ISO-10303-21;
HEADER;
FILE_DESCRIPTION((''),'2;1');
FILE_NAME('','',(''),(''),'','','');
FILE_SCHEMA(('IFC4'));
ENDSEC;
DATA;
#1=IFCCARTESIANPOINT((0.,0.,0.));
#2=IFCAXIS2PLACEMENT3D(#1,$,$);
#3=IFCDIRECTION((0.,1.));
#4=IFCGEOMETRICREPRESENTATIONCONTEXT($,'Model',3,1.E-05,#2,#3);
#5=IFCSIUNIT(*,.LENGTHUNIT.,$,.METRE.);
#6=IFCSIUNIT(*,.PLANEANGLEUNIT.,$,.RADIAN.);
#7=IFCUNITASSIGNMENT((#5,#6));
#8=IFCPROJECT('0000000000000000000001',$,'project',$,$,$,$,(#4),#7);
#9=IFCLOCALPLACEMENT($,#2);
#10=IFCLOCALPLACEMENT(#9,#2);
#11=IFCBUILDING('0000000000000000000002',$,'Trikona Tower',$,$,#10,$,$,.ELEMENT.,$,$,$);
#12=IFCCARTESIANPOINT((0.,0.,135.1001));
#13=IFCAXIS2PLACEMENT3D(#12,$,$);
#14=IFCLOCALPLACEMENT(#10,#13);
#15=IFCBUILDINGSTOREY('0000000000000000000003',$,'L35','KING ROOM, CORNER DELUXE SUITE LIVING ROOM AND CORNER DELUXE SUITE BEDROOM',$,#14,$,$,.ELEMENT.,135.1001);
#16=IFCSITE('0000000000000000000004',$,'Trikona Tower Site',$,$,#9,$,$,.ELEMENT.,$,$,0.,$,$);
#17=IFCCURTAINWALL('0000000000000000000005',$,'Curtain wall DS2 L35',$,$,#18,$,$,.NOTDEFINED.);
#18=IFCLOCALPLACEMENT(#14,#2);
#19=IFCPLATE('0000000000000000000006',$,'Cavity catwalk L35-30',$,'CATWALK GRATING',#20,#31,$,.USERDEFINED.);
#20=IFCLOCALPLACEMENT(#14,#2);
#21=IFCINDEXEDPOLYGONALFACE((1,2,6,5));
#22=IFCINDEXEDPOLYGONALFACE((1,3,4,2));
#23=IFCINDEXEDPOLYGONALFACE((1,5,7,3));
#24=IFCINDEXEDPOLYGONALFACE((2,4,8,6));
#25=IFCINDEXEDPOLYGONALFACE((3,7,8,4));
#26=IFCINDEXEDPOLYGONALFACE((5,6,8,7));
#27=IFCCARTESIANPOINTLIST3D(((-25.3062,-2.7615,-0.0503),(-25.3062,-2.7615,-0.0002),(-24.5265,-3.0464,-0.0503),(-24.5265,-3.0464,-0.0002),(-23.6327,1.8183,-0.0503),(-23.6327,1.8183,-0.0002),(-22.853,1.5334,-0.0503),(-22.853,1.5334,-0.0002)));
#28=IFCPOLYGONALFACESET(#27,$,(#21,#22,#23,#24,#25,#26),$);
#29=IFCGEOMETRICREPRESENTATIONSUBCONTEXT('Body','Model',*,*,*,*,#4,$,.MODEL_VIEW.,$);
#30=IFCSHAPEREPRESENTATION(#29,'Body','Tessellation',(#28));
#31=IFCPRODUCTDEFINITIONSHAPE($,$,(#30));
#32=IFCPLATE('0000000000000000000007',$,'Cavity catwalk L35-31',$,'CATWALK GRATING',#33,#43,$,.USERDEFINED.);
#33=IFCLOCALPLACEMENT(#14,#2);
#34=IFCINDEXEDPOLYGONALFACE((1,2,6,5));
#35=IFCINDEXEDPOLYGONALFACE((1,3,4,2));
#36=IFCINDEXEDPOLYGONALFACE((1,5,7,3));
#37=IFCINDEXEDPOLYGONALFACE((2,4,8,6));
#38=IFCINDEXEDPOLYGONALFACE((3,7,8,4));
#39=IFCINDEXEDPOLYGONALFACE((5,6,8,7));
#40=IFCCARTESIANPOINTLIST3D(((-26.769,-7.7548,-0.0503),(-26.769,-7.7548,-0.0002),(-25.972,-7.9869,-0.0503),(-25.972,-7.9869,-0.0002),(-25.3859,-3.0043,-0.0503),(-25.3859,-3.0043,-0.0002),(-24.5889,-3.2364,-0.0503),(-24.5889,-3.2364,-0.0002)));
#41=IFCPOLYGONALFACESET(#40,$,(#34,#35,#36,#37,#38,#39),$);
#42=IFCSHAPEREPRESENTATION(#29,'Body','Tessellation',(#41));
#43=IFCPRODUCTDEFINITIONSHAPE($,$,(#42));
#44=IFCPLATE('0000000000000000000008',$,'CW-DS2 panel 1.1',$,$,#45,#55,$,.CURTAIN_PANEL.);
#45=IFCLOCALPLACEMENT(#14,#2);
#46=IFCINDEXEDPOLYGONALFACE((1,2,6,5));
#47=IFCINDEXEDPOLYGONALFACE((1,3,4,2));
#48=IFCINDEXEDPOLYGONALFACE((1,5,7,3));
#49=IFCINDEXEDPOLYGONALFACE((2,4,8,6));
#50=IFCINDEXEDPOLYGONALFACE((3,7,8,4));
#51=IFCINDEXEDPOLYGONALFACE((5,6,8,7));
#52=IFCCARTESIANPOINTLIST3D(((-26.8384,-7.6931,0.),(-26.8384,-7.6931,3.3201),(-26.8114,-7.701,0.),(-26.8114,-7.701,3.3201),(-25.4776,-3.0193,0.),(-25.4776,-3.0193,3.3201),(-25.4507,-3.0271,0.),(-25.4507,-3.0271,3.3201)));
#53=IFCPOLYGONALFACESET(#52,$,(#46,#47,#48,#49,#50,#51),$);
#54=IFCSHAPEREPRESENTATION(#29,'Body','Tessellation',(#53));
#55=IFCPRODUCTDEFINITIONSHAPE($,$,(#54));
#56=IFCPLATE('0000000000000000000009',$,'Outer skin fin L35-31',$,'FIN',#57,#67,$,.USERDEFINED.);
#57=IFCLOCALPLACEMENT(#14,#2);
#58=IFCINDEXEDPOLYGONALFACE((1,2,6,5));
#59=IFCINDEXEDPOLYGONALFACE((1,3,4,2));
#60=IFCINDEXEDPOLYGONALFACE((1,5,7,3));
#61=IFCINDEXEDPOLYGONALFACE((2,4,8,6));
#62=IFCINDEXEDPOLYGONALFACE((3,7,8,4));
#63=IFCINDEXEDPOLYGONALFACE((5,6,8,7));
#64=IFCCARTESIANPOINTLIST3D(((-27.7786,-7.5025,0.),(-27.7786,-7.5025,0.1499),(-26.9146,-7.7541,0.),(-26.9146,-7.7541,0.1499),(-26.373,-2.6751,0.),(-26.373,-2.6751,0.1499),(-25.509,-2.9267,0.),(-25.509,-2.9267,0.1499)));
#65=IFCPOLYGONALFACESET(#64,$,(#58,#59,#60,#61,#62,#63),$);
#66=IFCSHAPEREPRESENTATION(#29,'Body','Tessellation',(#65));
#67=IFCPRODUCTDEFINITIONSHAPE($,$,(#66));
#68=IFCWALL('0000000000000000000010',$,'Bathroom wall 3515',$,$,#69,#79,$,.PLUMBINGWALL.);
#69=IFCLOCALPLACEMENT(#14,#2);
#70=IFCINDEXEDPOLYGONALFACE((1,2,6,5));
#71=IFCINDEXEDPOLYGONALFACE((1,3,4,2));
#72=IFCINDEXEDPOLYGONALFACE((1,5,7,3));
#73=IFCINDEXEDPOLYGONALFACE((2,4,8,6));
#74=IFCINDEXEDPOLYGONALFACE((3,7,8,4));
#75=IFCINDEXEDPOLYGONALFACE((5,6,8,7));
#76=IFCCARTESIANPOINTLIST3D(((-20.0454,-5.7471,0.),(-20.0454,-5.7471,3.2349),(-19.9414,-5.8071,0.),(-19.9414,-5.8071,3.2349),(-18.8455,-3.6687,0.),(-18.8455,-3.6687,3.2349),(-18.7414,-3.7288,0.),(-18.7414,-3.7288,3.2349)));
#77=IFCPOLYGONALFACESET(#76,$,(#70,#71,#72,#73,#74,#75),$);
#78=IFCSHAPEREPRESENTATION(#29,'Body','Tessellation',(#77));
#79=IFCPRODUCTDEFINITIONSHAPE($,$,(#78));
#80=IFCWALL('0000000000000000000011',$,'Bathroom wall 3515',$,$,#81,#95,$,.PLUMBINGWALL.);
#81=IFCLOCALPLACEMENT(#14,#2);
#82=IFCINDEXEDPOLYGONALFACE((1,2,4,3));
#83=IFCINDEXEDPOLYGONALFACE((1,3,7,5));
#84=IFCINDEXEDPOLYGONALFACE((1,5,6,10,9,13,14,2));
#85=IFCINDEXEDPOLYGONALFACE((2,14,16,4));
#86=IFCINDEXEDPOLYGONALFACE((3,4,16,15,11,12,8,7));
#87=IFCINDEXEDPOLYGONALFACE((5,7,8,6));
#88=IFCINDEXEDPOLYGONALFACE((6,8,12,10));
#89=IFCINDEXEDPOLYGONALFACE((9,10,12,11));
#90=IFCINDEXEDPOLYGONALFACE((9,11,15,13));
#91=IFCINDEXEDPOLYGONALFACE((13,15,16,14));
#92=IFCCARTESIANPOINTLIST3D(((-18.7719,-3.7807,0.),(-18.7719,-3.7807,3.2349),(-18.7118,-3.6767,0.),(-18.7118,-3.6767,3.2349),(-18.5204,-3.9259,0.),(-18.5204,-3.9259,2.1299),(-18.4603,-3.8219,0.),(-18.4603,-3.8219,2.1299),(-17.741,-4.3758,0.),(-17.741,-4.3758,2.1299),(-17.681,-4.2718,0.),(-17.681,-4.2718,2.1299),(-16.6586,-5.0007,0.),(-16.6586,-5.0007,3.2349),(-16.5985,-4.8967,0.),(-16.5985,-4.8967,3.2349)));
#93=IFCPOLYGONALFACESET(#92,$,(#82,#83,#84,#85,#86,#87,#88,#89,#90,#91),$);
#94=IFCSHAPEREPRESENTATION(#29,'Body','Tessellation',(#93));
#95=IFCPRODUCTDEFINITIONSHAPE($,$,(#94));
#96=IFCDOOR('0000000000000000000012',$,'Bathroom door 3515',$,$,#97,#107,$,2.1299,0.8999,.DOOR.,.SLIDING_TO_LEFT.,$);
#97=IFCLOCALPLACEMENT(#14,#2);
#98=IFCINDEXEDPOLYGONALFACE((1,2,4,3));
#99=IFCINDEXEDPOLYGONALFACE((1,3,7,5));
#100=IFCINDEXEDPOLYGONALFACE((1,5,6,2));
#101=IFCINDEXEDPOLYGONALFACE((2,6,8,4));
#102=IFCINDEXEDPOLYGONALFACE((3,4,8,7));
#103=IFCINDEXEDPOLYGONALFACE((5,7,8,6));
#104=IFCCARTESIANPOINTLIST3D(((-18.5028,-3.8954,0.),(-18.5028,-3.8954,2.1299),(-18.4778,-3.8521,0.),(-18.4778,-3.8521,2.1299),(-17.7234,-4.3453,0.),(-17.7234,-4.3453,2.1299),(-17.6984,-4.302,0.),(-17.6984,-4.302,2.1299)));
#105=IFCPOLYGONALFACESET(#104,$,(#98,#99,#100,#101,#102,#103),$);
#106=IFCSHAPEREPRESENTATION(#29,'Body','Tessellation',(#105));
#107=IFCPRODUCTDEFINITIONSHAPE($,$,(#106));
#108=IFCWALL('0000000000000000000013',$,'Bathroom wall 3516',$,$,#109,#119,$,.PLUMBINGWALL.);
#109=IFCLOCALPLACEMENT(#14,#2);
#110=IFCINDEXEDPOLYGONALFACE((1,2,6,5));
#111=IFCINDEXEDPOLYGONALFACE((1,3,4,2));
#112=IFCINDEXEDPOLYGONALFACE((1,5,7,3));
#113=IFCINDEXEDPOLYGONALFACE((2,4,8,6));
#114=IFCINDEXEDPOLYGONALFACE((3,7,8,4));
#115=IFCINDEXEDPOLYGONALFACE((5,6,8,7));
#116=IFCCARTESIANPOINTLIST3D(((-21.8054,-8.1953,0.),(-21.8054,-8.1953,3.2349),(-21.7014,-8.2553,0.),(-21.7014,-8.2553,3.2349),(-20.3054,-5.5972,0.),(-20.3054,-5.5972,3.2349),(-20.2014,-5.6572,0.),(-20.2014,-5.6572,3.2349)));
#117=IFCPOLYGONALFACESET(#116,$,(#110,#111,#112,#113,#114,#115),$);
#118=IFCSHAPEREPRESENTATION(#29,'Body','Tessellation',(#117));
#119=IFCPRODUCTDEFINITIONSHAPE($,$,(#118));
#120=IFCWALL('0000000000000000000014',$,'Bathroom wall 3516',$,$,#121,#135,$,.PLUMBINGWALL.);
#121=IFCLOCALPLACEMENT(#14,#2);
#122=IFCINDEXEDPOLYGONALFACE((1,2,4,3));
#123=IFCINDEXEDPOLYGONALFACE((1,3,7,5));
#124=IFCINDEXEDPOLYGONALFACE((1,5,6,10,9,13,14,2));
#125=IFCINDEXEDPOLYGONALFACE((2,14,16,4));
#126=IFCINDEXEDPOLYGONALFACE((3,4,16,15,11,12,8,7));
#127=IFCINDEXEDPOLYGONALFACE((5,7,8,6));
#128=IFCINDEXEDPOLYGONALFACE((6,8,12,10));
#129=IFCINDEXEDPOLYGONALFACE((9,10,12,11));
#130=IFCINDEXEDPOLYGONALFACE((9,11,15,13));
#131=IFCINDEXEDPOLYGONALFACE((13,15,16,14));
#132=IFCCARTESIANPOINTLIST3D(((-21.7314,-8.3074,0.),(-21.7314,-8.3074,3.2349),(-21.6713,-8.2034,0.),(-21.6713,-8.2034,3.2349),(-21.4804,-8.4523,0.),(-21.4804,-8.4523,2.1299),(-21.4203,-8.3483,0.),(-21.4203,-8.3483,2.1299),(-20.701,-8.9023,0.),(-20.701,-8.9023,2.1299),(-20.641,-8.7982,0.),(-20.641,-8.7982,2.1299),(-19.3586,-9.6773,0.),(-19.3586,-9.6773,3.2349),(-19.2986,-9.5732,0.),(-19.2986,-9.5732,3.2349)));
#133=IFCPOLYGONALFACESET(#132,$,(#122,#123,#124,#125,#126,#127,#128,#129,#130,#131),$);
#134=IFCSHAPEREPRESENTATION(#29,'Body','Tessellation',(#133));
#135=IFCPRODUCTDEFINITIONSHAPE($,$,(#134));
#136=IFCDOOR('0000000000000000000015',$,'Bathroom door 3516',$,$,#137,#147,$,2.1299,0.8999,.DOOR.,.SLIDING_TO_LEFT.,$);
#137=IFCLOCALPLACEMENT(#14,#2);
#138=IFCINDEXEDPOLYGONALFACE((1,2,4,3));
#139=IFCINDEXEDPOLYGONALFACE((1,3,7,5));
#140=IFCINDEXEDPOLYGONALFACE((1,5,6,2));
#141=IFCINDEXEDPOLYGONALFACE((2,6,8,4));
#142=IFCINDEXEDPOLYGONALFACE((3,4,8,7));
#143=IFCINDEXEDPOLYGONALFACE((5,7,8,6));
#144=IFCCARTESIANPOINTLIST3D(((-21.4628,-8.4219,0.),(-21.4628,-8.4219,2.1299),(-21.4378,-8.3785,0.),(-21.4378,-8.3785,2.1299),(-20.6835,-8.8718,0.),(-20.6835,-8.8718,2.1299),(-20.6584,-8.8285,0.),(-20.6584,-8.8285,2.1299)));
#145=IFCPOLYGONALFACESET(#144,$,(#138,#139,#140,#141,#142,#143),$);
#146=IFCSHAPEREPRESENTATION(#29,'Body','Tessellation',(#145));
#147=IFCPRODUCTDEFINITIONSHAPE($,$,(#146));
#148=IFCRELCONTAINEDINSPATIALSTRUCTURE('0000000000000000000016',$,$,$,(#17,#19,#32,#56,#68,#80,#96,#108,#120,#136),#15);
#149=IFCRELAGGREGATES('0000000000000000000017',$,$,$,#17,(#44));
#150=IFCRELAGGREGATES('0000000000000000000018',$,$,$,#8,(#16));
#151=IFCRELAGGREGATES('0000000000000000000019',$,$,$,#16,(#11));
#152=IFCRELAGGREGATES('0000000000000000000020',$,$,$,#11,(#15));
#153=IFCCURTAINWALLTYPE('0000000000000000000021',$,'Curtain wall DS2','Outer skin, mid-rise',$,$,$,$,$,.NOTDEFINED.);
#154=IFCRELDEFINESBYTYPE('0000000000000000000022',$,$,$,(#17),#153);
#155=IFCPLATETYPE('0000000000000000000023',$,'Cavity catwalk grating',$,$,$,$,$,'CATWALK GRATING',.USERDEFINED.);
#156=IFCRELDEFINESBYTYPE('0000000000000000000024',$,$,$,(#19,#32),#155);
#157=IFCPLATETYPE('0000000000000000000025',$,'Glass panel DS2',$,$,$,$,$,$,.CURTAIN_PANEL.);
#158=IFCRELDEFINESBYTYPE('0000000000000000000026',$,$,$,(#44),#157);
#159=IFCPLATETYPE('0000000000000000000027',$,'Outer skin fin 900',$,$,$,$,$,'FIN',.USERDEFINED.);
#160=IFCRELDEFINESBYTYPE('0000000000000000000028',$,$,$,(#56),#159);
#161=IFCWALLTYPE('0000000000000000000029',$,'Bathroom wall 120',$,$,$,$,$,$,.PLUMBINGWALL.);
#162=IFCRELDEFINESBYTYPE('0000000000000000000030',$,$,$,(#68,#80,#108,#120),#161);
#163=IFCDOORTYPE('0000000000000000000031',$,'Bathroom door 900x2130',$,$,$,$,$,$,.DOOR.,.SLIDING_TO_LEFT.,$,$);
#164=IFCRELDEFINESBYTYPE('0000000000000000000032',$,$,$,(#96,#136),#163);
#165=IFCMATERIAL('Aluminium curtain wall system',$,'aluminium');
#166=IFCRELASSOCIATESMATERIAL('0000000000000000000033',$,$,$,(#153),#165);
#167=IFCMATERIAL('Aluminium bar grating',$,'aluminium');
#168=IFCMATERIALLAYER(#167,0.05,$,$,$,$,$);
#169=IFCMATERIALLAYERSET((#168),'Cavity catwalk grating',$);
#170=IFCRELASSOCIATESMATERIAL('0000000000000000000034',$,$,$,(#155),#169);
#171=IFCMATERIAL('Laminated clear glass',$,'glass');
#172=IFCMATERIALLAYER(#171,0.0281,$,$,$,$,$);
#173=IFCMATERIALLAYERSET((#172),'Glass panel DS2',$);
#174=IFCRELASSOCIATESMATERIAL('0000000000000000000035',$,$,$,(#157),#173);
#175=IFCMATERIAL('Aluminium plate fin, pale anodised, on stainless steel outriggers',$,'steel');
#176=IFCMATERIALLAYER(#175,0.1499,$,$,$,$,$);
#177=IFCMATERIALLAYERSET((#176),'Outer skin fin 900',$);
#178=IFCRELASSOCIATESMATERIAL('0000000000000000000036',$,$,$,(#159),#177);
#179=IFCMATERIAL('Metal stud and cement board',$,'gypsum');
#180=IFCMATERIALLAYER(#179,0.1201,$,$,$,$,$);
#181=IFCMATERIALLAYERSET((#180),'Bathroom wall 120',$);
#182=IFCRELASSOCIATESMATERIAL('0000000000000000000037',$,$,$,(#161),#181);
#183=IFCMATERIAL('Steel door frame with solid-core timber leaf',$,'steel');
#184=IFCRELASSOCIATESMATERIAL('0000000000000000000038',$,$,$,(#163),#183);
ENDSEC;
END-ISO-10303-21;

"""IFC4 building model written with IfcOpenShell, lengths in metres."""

from ifc_helpers import new_model, si_unit, direction, frame, frame_2d, origin, origin_2d, place, context, subcontext, project, spatial, rectangle, extrude, material, layer, layer_set, type_object, element, fill, aggregate, save


model = new_model("IFC4")

# Units and contexts
model_context = context("Model", 3, precision=1e-05, world=origin(), true_north=direction((0.0, 1.0)))
body_context = subcontext(model_context, "Body", "Model", "MODEL_VIEW")
ifc_project = project(units=[si_unit("LENGTHUNIT", "METRE"), si_unit("PLANEANGLEUNIT", "RADIAN")], contexts=[model_context])

# Site, building, storey
site_placement = place(None, origin())
site = spatial("IfcSite", under=ifc_project, at=site_placement, Name="Trikona Tower Site", CompositionType="ELEMENT", RefElevation=0.0)
building_placement = place(site_placement, origin())
building = spatial("IfcBuilding", under=site, at=building_placement, Name="Trikona Tower", CompositionType="ELEMENT")
storey_placement = place(building_placement, frame((0.0, 0.0, 135.1001)))
storey = spatial("IfcBuildingStorey", under=building, at=storey_placement, Name="L35", Description="KING ROOM, CORNER DELUXE SUITE LIVING ROOM AND CORNER DELUXE SUITE BEDROOM", CompositionType="ELEMENT", Elevation=135.1001)

# Shared definitions
ifc_material_1 = material(Name="Aluminium curtain wall system", Category="aluminium")
curtain_wall_type = type_object("IfcCurtainWallType", Name="Curtain wall DS2", Description="Outer skin, mid-rise", PredefinedType="NOTDEFINED", material=ifc_material_1)

# Curtain wall
curtain_wall_1_placement = place(storey_placement, origin())
curtain_wall_1 = element("IfcCurtainWall", 1, at=curtain_wall_1_placement, inside=storey, type_object=curtain_wall_type, Name="Curtain wall DS2 L35", PredefinedType="NOTDEFINED")

# Plates
ifc_material_2 = material(Name="Aluminium bar grating", Category="aluminium")
ifc_layer_1 = layer(ifc_material_2, 0.05)
ifc_layer_set_1 = layer_set([ifc_layer_1], Name="Cavity catwalk grating")
plate_type_1 = type_object("IfcPlateType", Name="Cavity catwalk grating", ElementType="CATWALK GRATING", PredefinedType="USERDEFINED", material=ifc_layer_set_1)
plate_1_placement = place(storey_placement, frame((-24.0796, -0.614, -0.0503), z_axis=(0.0, 0.0, 1.0), x_axis=(-0.34322, -0.939255, 0.0)))
element("IfcPlate", 2, at=plate_1_placement, inside=storey, type_object=plate_type_1, Name="Cavity catwalk L35-30", ObjectType="CATWALK GRATING", PredefinedType="USERDEFINED", context=body_context, shape_type="SweptSolid", body=[
    extrude(rectangle(XDim=4.876, YDim=0.8301, at=origin_2d()), origin(), (0.0, 0.0, 1.0), 0.05),
])
plate_2_placement = place(storey_placement, frame((-25.679, -5.4956, -0.0503), z_axis=(0.0, 0.0, 1.0), x_axis=(-0.279554, -0.96013, 0.0)))
element("IfcPlate", 3, at=plate_2_placement, inside=storey, type_object=plate_type_1, Name="Cavity catwalk L35-31", ObjectType="CATWALK GRATING", PredefinedType="USERDEFINED", context=body_context, shape_type="SweptSolid", body=[
    extrude(rectangle(XDim=4.9478, YDim=0.8301, at=origin_2d()), origin(), (0.0, 0.0, 1.0), 0.05),
])

# Plates
ifc_material_3 = material(Name="Laminated clear glass", Category="glass")
ifc_layer_2 = layer(ifc_material_3, 0.0281)
ifc_layer_set_2 = layer_set([ifc_layer_2], Name="Glass panel DS2")
plate_type_2 = type_object("IfcPlateType", Name="Glass panel DS2", PredefinedType="CURTAIN_PANEL", material=ifc_layer_set_2)
plate_3_placement = place(storey_placement, frame((-26.1445, -5.3601, 0.0), z_axis=(0.0, 0.0, 1.0), x_axis=(-0.279543, -0.960133, 0.0)))
plate_3 = element("IfcPlate", 4, at=plate_3_placement, type_object=plate_type_2, Name="CW-DS2 panel 1.1", PredefinedType="CURTAIN_PANEL", context=body_context, shape_type="SweptSolid", body=[
    extrude(rectangle(XDim=4.8679, YDim=0.0281, at=origin_2d()), origin(), (0.0, 0.0, 1.0), 3.3201),
])
aggregate(curtain_wall_1, [plate_3])
ifc_material_4 = material(Name="Aluminium plate fin, pale anodised, on stainless steel outriggers", Category="steel")
ifc_layer_3 = layer(ifc_material_4, 0.1499)
ifc_layer_set_3 = layer_set([ifc_layer_3], Name="Outer skin fin 900")
plate_type_3 = type_object("IfcPlateType", Name="Outer skin fin 900", ElementType="FIN", PredefinedType="USERDEFINED", material=ifc_layer_set_3)
plate_4_placement = place(storey_placement, frame((-26.6438, -5.2146, 0.0), z_axis=(0.0, 0.0, 1.0), x_axis=(-0.279554, -0.96013, 0.0)))
element("IfcPlate", 5, at=plate_4_placement, inside=storey, type_object=plate_type_3, Name="Outer skin fin L35-31", ObjectType="FIN", PredefinedType="USERDEFINED", context=body_context, shape_type="SweptSolid", body=[
    extrude(rectangle(XDim=5.0278, YDim=0.8999, at=origin_2d()), origin(), (0.0, 0.0, 1.0), 0.1499),
])

# Wall
ifc_material_5 = material(Name="Metal stud and cement board", Category="gypsum")
ifc_layer_4 = layer(ifc_material_5, 0.1201)
ifc_layer_set_4 = layer_set([ifc_layer_4], Name="Bathroom wall 120")
wall_type_1 = type_object("IfcWallType", Name="Bathroom wall 120", PredefinedType="PLUMBINGWALL", material=ifc_layer_set_4)
wall_1_placement = place(storey_placement, frame((-18.7935, -3.6987, 0.0), z_axis=(0.0, 0.0, 1.0), x_axis=(-0.500001, -0.866025, 0.0)))
element("IfcWall", 6, at=wall_1_placement, inside=storey, type_object=wall_type_1, Name="Bathroom wall 3515", PredefinedType="PLUMBINGWALL", context=body_context, shape_type="SweptSolid", body=[
    extrude(rectangle(XDim=2.3999, YDim=0.1201, at=frame_2d((1.2, 0.0))), origin(), (0.0, 0.0, 1.0), 3.2349),
])

# Wall, opening, door
wall_2_placement = place(storey_placement, frame((-16.6284, -4.9487, 0.0), z_axis=(0.0, 0.0, 1.0), x_axis=(-0.866049, 0.499959, 0.0)))
wall_2 = element("IfcWall", 7, at=wall_2_placement, inside=storey, type_object=wall_type_1, Name="Bathroom wall 3515", PredefinedType="PLUMBINGWALL", context=body_context, shape_type="SweptSolid", body=[
    extrude(rectangle(XDim=2.4402, YDim=0.1201, at=frame_2d((1.2202, 0.0))), origin(), (0.0, 0.0, 1.0), 3.2349),
])
opening_1_placement = place(wall_2_placement, frame((1.25, 0.0, 0.0)))
opening_1 = element("IfcOpeningElement", 8, at=opening_1_placement, cuts=wall_2, PredefinedType="OPENING", context=body_context, shape_type="SweptSolid", body=[
    extrude(rectangle(XDim=0.8999, YDim=2.1299, at=frame_2d((0.45, 1.0649))), frame((0.0, 0.0701, 0.0), z_axis=(0.0, -1.0, 0.0), x_axis=(1.0, 0.0, 0.0)), (0.0, 0.0, 1.0), 0.1401),
])
ifc_material_6 = material(Name="Steel door frame with solid-core timber leaf", Category="steel")
door_type_1 = type_object("IfcDoorType", Name="Bathroom door 900x2130", OperationType="SLIDING_TO_LEFT", PredefinedType="DOOR", material=ifc_material_6)
door_1_placement = place(opening_1_placement, origin())
door_1 = element("IfcDoor", 9, at=door_1_placement, inside=storey, type_object=door_type_1, Name="Bathroom door 3515", OperationType="SLIDING_TO_LEFT", OverallHeight=2.1299, OverallWidth=0.8999, PredefinedType="DOOR", context=body_context, shape_type="SweptSolid", body=[
    extrude(rectangle(XDim=0.8999, YDim=2.1299, at=frame_2d((0.45, 1.0649))), frame((0.0, 0.0249, 0.0), z_axis=(0.0, -1.0, 0.0), x_axis=(1.0, 0.0, 0.0)), (0.0, 0.0, 1.0), 0.05),
])
fill(opening_1, door_1)

# Wall
wall_3_placement = place(storey_placement, frame((-20.2534, -5.6272, 0.0), z_axis=(0.0, 0.0, 1.0), x_axis=(-0.49999, -0.866031, 0.0)))
element("IfcWall", 10, at=wall_3_placement, inside=storey, type_object=wall_type_1, Name="Bathroom wall 3516", PredefinedType="PLUMBINGWALL", context=body_context, shape_type="SweptSolid", body=[
    extrude(rectangle(XDim=3.0, YDim=0.1201, at=frame_2d((1.5, 0.0))), origin(), (0.0, 0.0, 1.0), 3.2349),
])

# Wall, opening, door
wall_4_placement = place(storey_placement, frame((-19.3286, -9.6252, 0.0), z_axis=(0.0, 0.0, 1.0), x_axis=(-0.866036, 0.499982, 0.0)))
wall_4 = element("IfcWall", 11, at=wall_4_placement, inside=storey, type_object=wall_type_1, Name="Bathroom wall 3516", PredefinedType="PLUMBINGWALL", context=body_context, shape_type="SweptSolid", body=[
    extrude(rectangle(XDim=2.7397, YDim=0.1201, at=frame_2d((1.3699, 0.0))), origin(), (0.0, 0.0, 1.0), 3.2349),
])
opening_2_placement = place(wall_4_placement, frame((1.55, 0.0, 0.0)))
opening_2 = element("IfcOpeningElement", 12, at=opening_2_placement, cuts=wall_4, PredefinedType="OPENING", context=body_context, shape_type="SweptSolid", body=[
    extrude(rectangle(XDim=0.8999, YDim=2.1299, at=frame_2d((0.45, 1.0649))), frame((0.0, 0.0701, 0.0), z_axis=(0.0, -1.0, 0.0), x_axis=(1.0, 0.0, 0.0)), (0.0, 0.0, 1.0), 0.1401),
])
door_2_placement = place(opening_2_placement, origin())
door_2 = element("IfcDoor", 13, at=door_2_placement, inside=storey, type_object=door_type_1, Name="Bathroom door 3516", OperationType="SLIDING_TO_LEFT", OverallHeight=2.1299, OverallWidth=0.8999, PredefinedType="DOOR", context=body_context, shape_type="SweptSolid", body=[
    extrude(rectangle(XDim=0.8999, YDim=2.1299, at=frame_2d((0.45, 1.0649))), frame((0.0, 0.0249, 0.0), z_axis=(0.0, -1.0, 0.0), x_axis=(1.0, 0.0, 0.0)), (0.0, 0.0, 1.0), 0.05),
])
fill(opening_2, door_2)

save(model, "model.ifc")
